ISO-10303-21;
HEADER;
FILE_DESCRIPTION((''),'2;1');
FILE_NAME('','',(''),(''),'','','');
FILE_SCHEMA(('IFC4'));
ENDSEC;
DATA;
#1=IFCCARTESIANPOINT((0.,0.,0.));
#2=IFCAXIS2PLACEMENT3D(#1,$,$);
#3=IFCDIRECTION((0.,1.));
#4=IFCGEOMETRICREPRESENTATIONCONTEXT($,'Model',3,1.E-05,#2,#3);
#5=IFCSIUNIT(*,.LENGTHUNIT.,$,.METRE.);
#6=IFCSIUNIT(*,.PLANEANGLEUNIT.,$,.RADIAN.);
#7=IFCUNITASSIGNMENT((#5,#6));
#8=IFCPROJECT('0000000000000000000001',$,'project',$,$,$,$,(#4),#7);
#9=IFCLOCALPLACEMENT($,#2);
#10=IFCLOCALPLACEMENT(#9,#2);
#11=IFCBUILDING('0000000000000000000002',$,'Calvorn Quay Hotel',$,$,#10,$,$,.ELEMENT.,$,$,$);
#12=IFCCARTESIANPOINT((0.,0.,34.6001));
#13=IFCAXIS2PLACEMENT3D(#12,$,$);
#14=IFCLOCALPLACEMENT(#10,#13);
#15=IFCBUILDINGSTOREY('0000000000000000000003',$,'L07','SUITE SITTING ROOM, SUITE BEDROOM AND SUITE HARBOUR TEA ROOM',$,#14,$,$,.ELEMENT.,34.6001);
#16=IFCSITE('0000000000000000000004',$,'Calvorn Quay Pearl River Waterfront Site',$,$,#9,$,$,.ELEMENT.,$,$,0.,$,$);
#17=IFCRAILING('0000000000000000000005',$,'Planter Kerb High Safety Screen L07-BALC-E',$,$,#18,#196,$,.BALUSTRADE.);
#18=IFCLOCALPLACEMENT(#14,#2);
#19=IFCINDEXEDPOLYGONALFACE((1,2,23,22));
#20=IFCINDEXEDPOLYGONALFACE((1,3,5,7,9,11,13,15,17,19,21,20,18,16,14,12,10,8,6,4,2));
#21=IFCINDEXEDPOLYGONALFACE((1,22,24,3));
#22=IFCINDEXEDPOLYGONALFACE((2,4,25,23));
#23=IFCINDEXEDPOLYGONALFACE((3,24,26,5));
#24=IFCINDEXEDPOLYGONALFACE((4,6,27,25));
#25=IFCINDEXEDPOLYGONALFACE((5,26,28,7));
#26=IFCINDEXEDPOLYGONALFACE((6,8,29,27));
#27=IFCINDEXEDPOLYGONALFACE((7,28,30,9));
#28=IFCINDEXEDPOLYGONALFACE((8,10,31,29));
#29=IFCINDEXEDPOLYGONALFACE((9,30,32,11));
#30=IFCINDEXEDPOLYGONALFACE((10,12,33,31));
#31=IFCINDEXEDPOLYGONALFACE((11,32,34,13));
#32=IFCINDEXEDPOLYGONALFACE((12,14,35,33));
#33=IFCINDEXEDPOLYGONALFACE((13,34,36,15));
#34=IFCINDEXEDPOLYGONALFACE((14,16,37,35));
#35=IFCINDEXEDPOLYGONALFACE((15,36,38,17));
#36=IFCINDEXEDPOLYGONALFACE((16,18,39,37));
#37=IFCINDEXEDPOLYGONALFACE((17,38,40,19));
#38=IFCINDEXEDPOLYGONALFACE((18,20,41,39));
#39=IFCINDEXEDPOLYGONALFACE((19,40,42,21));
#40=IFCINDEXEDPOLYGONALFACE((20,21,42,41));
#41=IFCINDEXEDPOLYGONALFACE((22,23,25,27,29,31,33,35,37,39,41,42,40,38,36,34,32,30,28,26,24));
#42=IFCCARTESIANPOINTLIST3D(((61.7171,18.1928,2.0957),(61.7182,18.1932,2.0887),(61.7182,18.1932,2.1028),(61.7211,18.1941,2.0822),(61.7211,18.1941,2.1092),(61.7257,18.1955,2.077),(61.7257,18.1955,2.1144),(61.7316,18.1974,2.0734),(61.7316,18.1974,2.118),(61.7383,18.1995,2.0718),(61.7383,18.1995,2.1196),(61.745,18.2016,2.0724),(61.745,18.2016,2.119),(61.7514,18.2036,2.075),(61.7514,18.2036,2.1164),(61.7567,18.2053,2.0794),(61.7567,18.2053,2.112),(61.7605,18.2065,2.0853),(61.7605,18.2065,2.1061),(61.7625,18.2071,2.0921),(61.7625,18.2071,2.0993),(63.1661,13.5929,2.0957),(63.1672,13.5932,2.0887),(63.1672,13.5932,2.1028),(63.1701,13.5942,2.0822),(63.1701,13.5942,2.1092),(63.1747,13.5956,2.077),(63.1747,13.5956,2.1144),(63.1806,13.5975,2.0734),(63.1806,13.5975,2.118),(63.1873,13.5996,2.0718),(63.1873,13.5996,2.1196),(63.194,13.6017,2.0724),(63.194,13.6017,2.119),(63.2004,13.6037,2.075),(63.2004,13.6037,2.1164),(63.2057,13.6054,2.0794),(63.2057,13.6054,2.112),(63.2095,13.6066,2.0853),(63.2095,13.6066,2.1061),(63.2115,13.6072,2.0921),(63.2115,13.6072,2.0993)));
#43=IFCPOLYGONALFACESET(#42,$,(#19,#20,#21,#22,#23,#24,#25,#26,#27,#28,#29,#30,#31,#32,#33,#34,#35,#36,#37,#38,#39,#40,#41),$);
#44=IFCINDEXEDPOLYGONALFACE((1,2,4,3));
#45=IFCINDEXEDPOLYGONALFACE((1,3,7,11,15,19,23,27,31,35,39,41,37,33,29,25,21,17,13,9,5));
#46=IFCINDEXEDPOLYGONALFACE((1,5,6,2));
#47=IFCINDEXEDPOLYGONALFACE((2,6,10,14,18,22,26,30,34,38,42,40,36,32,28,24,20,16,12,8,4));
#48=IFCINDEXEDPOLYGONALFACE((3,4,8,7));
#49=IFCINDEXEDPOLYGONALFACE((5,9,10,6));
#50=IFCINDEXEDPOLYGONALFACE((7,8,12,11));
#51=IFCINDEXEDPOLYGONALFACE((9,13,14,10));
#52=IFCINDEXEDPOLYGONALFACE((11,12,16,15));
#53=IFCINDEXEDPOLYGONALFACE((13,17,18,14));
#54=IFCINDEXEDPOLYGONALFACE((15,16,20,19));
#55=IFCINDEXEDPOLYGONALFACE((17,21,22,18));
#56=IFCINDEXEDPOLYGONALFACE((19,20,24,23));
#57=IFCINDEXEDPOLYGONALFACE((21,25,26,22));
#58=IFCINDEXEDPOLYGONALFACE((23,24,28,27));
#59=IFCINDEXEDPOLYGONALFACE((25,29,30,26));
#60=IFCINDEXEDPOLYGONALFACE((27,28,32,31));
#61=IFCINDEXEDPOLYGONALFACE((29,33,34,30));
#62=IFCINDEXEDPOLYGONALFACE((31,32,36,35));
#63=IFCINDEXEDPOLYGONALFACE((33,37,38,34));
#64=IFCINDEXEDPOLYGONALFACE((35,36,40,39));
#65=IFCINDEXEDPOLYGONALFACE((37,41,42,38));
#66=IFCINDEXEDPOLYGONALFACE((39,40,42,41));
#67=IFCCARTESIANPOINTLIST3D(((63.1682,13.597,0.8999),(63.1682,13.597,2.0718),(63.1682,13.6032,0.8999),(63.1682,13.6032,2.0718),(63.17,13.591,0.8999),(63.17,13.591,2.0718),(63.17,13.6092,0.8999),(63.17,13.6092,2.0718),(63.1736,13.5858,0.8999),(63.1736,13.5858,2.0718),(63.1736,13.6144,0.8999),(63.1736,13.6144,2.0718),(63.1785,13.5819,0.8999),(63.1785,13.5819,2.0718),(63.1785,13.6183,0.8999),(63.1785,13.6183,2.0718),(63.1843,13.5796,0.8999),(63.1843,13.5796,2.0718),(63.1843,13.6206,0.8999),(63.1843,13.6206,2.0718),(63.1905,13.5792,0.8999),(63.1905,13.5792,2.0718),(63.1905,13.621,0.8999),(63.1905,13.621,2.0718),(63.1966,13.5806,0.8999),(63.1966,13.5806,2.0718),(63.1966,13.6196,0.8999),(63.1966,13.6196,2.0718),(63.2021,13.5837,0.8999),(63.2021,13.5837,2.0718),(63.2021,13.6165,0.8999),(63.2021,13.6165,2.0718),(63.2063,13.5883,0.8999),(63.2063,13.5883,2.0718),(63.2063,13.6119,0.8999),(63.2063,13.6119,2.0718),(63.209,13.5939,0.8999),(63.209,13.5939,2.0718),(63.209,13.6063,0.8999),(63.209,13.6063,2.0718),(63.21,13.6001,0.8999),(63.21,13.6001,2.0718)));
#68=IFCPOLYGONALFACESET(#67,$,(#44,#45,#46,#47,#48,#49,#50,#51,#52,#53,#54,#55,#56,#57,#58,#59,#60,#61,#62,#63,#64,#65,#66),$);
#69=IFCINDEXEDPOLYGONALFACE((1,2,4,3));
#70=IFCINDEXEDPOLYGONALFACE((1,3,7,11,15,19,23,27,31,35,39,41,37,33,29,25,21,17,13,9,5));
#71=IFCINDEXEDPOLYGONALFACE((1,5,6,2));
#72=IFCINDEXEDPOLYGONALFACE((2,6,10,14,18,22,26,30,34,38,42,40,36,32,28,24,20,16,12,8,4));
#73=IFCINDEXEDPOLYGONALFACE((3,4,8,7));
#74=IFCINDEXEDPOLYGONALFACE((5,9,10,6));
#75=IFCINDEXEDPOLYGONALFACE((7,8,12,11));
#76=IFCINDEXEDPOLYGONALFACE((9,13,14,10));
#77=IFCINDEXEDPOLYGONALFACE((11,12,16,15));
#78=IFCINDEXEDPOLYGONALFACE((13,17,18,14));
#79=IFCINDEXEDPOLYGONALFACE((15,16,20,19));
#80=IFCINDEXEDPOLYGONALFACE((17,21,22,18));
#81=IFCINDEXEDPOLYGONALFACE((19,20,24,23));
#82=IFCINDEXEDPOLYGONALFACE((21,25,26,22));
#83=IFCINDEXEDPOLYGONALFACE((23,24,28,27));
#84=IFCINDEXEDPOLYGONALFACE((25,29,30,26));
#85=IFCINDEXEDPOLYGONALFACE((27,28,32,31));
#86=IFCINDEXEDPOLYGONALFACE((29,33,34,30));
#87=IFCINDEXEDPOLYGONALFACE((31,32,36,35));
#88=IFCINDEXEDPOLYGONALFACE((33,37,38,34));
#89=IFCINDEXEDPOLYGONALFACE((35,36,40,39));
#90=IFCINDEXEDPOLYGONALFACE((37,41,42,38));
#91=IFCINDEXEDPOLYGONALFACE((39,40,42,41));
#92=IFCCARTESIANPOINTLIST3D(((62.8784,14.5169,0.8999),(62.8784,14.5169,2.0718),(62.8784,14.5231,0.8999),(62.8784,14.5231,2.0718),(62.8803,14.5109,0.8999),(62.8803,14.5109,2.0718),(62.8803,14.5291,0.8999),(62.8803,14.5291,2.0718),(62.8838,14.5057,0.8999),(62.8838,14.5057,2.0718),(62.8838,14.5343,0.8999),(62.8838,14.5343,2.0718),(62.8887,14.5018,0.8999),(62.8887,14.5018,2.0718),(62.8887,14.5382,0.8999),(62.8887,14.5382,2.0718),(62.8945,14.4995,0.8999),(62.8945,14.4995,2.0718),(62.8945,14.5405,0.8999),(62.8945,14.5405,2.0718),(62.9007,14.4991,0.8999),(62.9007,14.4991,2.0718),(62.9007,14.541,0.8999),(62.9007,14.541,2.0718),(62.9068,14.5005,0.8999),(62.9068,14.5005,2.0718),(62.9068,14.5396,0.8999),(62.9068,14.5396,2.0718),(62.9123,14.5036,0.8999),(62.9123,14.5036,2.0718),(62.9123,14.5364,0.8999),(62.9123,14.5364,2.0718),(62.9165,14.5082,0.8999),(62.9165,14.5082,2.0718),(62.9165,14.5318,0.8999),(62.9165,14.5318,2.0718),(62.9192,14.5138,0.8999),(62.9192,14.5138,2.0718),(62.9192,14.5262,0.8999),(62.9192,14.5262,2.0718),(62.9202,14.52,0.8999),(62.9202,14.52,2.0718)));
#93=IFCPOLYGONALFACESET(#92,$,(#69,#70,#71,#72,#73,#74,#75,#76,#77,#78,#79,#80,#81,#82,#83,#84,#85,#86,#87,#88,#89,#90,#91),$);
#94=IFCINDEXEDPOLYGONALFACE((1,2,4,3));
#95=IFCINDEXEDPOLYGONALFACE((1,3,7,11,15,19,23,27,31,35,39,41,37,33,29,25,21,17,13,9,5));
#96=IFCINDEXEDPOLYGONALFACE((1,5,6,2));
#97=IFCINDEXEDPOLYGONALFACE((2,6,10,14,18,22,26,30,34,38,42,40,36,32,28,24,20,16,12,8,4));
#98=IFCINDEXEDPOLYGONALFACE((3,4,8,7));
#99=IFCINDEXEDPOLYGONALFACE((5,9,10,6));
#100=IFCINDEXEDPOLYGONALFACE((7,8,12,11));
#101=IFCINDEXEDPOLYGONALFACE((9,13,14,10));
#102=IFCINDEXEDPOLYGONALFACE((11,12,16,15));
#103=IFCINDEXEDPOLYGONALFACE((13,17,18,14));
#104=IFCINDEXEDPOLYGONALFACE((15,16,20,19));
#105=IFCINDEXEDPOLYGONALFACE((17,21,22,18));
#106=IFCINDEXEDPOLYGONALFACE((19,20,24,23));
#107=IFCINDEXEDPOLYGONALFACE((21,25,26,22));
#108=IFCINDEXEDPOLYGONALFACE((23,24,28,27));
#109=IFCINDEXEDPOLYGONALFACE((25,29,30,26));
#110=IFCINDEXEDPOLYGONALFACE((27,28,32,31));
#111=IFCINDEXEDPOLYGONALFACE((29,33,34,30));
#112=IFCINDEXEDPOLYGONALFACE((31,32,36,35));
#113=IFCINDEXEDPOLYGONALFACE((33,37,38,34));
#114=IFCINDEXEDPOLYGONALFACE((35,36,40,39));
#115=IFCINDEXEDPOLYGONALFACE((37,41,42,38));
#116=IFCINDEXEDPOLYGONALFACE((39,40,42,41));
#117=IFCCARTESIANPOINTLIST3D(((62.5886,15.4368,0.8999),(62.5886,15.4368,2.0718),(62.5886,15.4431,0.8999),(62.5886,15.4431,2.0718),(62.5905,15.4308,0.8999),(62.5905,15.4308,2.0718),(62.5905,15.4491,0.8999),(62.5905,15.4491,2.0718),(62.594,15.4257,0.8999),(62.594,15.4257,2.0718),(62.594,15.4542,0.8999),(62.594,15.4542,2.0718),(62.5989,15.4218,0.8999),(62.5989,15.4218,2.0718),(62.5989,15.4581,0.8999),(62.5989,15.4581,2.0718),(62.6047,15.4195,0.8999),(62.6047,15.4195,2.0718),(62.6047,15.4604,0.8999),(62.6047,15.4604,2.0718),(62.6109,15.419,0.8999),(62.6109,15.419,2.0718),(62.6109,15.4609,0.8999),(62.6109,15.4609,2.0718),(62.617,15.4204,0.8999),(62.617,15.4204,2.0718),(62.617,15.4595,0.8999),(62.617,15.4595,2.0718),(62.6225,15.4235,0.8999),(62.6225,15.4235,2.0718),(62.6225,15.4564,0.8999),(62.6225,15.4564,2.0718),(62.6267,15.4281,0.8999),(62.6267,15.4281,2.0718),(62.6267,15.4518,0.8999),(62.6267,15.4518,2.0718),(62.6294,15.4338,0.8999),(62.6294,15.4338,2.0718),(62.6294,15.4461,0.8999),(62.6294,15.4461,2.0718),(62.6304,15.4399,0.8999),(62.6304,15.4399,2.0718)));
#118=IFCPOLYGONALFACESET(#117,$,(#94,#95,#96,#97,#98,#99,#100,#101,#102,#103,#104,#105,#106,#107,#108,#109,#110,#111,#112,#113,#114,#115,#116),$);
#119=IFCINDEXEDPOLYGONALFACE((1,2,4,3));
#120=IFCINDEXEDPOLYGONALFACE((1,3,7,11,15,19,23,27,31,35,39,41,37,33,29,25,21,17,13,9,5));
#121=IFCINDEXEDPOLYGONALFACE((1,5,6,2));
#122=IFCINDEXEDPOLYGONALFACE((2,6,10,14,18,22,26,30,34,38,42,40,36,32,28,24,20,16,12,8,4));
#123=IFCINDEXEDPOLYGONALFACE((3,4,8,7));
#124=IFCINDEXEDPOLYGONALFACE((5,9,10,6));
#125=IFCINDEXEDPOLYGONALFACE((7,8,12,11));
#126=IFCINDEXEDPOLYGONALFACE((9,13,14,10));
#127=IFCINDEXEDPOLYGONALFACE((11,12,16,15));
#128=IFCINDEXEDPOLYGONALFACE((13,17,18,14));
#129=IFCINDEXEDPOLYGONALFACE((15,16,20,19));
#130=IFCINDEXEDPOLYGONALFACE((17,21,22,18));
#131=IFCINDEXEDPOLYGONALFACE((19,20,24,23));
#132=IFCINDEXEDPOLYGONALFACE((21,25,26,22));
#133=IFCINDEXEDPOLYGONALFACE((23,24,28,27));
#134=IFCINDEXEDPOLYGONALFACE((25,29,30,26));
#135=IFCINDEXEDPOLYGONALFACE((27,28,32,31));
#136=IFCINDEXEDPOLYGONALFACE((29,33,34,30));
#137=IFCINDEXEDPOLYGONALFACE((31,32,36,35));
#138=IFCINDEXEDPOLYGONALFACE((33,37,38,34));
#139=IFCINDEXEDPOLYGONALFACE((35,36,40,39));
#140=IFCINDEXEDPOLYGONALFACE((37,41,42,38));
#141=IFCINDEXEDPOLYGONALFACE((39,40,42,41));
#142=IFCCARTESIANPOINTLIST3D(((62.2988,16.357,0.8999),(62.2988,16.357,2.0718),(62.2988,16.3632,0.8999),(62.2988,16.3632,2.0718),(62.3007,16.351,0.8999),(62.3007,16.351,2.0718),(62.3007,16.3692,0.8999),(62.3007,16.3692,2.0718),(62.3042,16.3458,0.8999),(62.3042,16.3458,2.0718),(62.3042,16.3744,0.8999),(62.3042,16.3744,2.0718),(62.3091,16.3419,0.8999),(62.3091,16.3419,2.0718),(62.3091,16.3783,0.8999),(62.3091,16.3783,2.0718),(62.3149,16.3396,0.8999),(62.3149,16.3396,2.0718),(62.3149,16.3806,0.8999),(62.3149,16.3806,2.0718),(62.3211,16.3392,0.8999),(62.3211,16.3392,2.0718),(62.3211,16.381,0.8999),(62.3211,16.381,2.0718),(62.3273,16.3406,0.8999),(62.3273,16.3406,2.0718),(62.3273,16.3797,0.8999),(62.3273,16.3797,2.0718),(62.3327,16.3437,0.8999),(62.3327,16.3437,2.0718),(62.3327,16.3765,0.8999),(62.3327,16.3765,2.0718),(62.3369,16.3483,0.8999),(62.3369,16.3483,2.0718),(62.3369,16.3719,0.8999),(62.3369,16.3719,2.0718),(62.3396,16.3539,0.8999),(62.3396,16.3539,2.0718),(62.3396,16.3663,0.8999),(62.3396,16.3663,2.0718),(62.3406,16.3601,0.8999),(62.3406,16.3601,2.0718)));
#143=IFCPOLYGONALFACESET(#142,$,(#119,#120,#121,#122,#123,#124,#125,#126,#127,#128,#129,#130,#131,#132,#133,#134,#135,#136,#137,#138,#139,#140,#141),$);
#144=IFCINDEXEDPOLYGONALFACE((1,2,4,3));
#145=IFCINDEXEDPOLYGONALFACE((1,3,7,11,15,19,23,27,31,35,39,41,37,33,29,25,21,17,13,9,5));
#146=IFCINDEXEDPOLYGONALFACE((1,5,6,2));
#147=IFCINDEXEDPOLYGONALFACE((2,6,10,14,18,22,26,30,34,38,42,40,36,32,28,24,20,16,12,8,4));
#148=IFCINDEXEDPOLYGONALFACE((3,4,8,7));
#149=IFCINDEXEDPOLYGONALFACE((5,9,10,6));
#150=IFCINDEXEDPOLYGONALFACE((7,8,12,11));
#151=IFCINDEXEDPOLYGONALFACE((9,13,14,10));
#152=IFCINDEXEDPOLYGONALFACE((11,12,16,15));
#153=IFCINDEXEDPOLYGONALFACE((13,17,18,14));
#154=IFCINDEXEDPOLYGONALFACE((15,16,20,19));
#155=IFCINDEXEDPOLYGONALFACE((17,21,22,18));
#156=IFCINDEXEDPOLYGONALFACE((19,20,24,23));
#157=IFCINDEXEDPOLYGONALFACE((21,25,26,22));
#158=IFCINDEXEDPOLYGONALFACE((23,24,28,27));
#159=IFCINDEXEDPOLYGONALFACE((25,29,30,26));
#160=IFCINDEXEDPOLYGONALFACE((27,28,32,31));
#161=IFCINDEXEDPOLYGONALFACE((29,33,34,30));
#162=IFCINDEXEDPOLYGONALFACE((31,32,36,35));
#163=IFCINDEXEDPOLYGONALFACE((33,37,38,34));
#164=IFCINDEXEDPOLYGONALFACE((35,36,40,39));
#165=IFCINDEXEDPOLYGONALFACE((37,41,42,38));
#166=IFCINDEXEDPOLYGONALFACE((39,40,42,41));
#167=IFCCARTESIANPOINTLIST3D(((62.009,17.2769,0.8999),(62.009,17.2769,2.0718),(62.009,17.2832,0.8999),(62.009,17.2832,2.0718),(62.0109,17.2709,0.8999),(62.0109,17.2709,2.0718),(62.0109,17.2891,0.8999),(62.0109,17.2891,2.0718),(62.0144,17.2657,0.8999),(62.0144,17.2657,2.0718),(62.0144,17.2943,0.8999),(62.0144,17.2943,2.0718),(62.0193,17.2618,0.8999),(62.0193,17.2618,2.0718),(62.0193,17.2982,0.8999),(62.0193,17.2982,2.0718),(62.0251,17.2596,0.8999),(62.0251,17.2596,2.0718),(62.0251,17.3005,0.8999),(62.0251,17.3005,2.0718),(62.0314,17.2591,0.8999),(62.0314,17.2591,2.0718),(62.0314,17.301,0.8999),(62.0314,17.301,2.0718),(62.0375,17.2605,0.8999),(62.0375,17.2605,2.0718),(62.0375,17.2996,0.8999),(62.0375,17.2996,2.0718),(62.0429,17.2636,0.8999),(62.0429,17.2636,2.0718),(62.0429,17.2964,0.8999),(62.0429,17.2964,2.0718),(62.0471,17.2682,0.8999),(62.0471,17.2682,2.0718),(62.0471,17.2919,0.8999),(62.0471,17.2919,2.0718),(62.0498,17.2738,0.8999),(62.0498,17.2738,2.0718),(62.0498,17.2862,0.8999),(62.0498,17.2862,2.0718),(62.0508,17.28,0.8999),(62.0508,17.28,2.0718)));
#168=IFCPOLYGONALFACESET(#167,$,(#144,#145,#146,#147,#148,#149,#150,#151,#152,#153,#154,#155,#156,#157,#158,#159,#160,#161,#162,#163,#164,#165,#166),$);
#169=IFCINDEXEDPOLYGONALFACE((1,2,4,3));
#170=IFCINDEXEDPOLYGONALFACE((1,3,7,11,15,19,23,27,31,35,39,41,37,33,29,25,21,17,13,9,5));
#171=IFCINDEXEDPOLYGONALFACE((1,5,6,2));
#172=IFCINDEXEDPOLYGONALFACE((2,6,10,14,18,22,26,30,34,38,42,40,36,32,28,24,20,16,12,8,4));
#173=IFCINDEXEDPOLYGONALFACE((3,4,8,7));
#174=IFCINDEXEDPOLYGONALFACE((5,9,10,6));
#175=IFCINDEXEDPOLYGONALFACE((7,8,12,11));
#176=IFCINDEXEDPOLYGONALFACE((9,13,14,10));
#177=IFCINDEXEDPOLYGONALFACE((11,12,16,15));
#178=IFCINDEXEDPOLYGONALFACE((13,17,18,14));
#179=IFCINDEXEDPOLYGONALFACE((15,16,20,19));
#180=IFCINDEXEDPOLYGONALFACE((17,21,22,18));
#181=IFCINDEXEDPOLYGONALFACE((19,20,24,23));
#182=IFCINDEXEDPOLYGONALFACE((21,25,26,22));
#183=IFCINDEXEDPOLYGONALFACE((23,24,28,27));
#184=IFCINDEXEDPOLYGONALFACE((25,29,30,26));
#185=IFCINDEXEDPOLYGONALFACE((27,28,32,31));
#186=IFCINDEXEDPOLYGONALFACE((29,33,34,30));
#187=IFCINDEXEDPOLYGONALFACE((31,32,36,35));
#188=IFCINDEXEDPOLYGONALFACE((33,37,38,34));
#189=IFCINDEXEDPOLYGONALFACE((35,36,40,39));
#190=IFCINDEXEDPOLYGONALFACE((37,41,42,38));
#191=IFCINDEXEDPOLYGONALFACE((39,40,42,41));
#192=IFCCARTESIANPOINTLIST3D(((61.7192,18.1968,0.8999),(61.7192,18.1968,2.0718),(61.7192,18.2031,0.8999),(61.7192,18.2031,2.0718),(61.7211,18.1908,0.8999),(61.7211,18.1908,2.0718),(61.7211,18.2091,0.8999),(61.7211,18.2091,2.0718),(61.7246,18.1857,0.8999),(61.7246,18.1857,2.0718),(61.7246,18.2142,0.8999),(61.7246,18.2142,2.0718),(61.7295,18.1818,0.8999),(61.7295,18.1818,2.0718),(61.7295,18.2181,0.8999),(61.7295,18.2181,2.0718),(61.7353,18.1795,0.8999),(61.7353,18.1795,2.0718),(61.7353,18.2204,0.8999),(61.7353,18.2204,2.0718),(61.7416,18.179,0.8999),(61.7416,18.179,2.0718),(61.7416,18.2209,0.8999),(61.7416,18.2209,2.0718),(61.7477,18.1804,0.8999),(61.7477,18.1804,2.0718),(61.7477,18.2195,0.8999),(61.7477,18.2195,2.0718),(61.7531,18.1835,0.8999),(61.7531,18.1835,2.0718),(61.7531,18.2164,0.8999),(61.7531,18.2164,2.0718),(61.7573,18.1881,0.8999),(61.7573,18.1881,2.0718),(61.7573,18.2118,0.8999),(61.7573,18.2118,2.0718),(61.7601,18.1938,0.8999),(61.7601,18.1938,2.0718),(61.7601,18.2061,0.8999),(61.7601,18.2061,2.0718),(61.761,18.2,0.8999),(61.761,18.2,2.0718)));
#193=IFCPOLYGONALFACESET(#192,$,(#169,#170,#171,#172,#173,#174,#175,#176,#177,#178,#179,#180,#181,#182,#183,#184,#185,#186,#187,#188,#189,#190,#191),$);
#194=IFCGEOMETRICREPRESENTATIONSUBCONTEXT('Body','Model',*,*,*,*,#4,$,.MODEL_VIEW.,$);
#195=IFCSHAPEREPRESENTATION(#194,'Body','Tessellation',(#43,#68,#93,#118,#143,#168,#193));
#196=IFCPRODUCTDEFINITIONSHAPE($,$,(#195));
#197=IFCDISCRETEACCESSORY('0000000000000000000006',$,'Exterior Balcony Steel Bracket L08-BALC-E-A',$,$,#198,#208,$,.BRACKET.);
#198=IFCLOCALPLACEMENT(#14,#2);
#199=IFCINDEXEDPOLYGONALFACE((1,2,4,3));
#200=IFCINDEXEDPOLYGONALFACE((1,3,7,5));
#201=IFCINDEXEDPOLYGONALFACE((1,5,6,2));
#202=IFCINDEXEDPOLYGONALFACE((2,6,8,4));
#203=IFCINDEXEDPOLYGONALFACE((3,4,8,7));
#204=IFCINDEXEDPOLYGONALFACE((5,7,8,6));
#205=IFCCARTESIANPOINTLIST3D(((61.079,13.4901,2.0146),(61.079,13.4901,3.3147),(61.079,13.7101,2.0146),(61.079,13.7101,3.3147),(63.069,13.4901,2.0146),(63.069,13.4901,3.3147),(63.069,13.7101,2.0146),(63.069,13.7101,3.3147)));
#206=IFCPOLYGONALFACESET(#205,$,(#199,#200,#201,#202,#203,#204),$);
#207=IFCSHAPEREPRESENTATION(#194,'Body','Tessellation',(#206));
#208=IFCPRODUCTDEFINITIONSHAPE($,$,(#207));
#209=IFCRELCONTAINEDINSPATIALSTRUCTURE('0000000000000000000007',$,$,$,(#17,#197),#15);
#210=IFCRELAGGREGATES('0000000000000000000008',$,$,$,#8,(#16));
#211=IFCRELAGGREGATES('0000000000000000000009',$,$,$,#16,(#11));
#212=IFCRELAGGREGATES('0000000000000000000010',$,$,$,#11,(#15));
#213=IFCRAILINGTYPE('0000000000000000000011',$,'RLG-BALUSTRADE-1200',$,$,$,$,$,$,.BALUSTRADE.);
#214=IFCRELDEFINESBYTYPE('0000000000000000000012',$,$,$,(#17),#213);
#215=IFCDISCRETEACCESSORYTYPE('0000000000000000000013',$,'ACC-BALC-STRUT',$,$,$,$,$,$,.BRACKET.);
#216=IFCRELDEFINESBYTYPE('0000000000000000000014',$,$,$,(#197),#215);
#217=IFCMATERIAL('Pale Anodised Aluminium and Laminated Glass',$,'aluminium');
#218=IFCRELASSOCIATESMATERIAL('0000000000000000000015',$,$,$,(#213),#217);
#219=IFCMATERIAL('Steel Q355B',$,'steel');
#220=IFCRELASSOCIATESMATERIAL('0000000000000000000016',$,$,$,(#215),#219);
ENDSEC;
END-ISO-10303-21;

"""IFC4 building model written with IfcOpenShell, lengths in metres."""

from ifc_helpers import new_model, si_unit, direction, frame, origin, origin_2d, place, context, subcontext, project, spatial, rectangle, circle, extrude, material, type_object, element, save


model = new_model("IFC4")

# Units and contexts
model_context = context("Model", 3, precision=1e-05, world=origin(), true_north=direction((0.0, 1.0)))
body_context = subcontext(model_context, "Body", "Model", "MODEL_VIEW")
ifc_project = project(units=[si_unit("LENGTHUNIT", "METRE"), si_unit("PLANEANGLEUNIT", "RADIAN")], contexts=[model_context])

# Site, building, storey
site_placement = place(None, origin())
site = spatial("IfcSite", under=ifc_project, at=site_placement, Name="Calvorn Quay Pearl River Waterfront Site", CompositionType="ELEMENT", RefElevation=0.0)
building_placement = place(site_placement, origin())
building = spatial("IfcBuilding", under=site, at=building_placement, Name="Calvorn Quay Hotel", CompositionType="ELEMENT")
storey_placement = place(building_placement, frame((0.0, 0.0, 34.6001)))
storey = spatial("IfcBuildingStorey", under=building, at=storey_placement, Name="L07", Description="SUITE SITTING ROOM, SUITE BEDROOM AND SUITE HARBOUR TEA ROOM", CompositionType="ELEMENT", Elevation=34.6001)

# Railing
ifc_material_1 = material(Name="Pale Anodised Aluminium and Laminated Glass", Category="aluminium")
railing_type = type_object("IfcRailingType", Name="RLG-BALUSTRADE-1200", PredefinedType="BALUSTRADE", material=ifc_material_1)
railing_1_placement = place(storey_placement, frame((63.189, 13.6001, 0.8999)))
element("IfcRailing", 1, at=railing_1_placement, inside=storey, type_object=railing_type, Name="Planter Kerb High Safety Screen L07-BALC-E", PredefinedType="BALUSTRADE", context=body_context, shape_type="SweptSolid", body=[
    extrude(circle(Radius=0.0239, at=origin_2d()), frame((0.0, 0.0, 1.1958), z_axis=(-0.30045, 0.953797, 0.0), x_axis=(-0.953797, -0.30045, 0.0)), (0.0, 0.0, 1.0), 4.8228),
    extrude(circle(Radius=0.021, at=origin_2d()), origin(), (0.0, 0.0, 1.0), 1.1719),
    extrude(circle(Radius=0.021, at=origin_2d()), frame((-0.2898, 0.9199, 0.0)), (0.0, 0.0, 1.0), 1.1719),
    extrude(circle(Radius=0.021, at=origin_2d()), frame((-0.5796, 1.8398, 0.0)), (0.0, 0.0, 1.0), 1.1719),
    extrude(circle(Radius=0.021, at=origin_2d()), frame((-0.8694, 2.76, 0.0)), (0.0, 0.0, 1.0), 1.1719),
    extrude(circle(Radius=0.021, at=origin_2d()), frame((-1.1592, 3.6799, 0.0)), (0.0, 0.0, 1.0), 1.1719),
    extrude(circle(Radius=0.021, at=origin_2d()), frame((-1.449, 4.5999, 0.0)), (0.0, 0.0, 1.0), 1.1719),
])

# Discrete accessory
ifc_material_2 = material(Name="Steel Q355B", Category="steel")
discrete_accessory_type_1 = type_object("IfcDiscreteAccessoryType", Name="ACC-BALC-STRUT", PredefinedType="BRACKET", material=ifc_material_2)
for number, where, z_axis, x_axis, name in (
    (2, (62.074, 13.6001, 2.0146), (0.0, 0.0, 1.0), (1.0, 0.0, 0.0), "Exterior Balcony Steel Bracket L08-BALC-E-A"),
):
    element("IfcDiscreteAccessory", number, at=place(storey_placement, frame(where, z_axis=z_axis, x_axis=x_axis)), inside=storey, type_object=discrete_accessory_type_1, Name=name, PredefinedType="BRACKET", context=body_context, shape_type="SweptSolid", body=[
        extrude(rectangle(XDim=1.99, YDim=0.22, at=origin_2d()), origin(), (0.0, 0.0, 1.0), 1.3),
    ])

save(model, "model.ifc")
